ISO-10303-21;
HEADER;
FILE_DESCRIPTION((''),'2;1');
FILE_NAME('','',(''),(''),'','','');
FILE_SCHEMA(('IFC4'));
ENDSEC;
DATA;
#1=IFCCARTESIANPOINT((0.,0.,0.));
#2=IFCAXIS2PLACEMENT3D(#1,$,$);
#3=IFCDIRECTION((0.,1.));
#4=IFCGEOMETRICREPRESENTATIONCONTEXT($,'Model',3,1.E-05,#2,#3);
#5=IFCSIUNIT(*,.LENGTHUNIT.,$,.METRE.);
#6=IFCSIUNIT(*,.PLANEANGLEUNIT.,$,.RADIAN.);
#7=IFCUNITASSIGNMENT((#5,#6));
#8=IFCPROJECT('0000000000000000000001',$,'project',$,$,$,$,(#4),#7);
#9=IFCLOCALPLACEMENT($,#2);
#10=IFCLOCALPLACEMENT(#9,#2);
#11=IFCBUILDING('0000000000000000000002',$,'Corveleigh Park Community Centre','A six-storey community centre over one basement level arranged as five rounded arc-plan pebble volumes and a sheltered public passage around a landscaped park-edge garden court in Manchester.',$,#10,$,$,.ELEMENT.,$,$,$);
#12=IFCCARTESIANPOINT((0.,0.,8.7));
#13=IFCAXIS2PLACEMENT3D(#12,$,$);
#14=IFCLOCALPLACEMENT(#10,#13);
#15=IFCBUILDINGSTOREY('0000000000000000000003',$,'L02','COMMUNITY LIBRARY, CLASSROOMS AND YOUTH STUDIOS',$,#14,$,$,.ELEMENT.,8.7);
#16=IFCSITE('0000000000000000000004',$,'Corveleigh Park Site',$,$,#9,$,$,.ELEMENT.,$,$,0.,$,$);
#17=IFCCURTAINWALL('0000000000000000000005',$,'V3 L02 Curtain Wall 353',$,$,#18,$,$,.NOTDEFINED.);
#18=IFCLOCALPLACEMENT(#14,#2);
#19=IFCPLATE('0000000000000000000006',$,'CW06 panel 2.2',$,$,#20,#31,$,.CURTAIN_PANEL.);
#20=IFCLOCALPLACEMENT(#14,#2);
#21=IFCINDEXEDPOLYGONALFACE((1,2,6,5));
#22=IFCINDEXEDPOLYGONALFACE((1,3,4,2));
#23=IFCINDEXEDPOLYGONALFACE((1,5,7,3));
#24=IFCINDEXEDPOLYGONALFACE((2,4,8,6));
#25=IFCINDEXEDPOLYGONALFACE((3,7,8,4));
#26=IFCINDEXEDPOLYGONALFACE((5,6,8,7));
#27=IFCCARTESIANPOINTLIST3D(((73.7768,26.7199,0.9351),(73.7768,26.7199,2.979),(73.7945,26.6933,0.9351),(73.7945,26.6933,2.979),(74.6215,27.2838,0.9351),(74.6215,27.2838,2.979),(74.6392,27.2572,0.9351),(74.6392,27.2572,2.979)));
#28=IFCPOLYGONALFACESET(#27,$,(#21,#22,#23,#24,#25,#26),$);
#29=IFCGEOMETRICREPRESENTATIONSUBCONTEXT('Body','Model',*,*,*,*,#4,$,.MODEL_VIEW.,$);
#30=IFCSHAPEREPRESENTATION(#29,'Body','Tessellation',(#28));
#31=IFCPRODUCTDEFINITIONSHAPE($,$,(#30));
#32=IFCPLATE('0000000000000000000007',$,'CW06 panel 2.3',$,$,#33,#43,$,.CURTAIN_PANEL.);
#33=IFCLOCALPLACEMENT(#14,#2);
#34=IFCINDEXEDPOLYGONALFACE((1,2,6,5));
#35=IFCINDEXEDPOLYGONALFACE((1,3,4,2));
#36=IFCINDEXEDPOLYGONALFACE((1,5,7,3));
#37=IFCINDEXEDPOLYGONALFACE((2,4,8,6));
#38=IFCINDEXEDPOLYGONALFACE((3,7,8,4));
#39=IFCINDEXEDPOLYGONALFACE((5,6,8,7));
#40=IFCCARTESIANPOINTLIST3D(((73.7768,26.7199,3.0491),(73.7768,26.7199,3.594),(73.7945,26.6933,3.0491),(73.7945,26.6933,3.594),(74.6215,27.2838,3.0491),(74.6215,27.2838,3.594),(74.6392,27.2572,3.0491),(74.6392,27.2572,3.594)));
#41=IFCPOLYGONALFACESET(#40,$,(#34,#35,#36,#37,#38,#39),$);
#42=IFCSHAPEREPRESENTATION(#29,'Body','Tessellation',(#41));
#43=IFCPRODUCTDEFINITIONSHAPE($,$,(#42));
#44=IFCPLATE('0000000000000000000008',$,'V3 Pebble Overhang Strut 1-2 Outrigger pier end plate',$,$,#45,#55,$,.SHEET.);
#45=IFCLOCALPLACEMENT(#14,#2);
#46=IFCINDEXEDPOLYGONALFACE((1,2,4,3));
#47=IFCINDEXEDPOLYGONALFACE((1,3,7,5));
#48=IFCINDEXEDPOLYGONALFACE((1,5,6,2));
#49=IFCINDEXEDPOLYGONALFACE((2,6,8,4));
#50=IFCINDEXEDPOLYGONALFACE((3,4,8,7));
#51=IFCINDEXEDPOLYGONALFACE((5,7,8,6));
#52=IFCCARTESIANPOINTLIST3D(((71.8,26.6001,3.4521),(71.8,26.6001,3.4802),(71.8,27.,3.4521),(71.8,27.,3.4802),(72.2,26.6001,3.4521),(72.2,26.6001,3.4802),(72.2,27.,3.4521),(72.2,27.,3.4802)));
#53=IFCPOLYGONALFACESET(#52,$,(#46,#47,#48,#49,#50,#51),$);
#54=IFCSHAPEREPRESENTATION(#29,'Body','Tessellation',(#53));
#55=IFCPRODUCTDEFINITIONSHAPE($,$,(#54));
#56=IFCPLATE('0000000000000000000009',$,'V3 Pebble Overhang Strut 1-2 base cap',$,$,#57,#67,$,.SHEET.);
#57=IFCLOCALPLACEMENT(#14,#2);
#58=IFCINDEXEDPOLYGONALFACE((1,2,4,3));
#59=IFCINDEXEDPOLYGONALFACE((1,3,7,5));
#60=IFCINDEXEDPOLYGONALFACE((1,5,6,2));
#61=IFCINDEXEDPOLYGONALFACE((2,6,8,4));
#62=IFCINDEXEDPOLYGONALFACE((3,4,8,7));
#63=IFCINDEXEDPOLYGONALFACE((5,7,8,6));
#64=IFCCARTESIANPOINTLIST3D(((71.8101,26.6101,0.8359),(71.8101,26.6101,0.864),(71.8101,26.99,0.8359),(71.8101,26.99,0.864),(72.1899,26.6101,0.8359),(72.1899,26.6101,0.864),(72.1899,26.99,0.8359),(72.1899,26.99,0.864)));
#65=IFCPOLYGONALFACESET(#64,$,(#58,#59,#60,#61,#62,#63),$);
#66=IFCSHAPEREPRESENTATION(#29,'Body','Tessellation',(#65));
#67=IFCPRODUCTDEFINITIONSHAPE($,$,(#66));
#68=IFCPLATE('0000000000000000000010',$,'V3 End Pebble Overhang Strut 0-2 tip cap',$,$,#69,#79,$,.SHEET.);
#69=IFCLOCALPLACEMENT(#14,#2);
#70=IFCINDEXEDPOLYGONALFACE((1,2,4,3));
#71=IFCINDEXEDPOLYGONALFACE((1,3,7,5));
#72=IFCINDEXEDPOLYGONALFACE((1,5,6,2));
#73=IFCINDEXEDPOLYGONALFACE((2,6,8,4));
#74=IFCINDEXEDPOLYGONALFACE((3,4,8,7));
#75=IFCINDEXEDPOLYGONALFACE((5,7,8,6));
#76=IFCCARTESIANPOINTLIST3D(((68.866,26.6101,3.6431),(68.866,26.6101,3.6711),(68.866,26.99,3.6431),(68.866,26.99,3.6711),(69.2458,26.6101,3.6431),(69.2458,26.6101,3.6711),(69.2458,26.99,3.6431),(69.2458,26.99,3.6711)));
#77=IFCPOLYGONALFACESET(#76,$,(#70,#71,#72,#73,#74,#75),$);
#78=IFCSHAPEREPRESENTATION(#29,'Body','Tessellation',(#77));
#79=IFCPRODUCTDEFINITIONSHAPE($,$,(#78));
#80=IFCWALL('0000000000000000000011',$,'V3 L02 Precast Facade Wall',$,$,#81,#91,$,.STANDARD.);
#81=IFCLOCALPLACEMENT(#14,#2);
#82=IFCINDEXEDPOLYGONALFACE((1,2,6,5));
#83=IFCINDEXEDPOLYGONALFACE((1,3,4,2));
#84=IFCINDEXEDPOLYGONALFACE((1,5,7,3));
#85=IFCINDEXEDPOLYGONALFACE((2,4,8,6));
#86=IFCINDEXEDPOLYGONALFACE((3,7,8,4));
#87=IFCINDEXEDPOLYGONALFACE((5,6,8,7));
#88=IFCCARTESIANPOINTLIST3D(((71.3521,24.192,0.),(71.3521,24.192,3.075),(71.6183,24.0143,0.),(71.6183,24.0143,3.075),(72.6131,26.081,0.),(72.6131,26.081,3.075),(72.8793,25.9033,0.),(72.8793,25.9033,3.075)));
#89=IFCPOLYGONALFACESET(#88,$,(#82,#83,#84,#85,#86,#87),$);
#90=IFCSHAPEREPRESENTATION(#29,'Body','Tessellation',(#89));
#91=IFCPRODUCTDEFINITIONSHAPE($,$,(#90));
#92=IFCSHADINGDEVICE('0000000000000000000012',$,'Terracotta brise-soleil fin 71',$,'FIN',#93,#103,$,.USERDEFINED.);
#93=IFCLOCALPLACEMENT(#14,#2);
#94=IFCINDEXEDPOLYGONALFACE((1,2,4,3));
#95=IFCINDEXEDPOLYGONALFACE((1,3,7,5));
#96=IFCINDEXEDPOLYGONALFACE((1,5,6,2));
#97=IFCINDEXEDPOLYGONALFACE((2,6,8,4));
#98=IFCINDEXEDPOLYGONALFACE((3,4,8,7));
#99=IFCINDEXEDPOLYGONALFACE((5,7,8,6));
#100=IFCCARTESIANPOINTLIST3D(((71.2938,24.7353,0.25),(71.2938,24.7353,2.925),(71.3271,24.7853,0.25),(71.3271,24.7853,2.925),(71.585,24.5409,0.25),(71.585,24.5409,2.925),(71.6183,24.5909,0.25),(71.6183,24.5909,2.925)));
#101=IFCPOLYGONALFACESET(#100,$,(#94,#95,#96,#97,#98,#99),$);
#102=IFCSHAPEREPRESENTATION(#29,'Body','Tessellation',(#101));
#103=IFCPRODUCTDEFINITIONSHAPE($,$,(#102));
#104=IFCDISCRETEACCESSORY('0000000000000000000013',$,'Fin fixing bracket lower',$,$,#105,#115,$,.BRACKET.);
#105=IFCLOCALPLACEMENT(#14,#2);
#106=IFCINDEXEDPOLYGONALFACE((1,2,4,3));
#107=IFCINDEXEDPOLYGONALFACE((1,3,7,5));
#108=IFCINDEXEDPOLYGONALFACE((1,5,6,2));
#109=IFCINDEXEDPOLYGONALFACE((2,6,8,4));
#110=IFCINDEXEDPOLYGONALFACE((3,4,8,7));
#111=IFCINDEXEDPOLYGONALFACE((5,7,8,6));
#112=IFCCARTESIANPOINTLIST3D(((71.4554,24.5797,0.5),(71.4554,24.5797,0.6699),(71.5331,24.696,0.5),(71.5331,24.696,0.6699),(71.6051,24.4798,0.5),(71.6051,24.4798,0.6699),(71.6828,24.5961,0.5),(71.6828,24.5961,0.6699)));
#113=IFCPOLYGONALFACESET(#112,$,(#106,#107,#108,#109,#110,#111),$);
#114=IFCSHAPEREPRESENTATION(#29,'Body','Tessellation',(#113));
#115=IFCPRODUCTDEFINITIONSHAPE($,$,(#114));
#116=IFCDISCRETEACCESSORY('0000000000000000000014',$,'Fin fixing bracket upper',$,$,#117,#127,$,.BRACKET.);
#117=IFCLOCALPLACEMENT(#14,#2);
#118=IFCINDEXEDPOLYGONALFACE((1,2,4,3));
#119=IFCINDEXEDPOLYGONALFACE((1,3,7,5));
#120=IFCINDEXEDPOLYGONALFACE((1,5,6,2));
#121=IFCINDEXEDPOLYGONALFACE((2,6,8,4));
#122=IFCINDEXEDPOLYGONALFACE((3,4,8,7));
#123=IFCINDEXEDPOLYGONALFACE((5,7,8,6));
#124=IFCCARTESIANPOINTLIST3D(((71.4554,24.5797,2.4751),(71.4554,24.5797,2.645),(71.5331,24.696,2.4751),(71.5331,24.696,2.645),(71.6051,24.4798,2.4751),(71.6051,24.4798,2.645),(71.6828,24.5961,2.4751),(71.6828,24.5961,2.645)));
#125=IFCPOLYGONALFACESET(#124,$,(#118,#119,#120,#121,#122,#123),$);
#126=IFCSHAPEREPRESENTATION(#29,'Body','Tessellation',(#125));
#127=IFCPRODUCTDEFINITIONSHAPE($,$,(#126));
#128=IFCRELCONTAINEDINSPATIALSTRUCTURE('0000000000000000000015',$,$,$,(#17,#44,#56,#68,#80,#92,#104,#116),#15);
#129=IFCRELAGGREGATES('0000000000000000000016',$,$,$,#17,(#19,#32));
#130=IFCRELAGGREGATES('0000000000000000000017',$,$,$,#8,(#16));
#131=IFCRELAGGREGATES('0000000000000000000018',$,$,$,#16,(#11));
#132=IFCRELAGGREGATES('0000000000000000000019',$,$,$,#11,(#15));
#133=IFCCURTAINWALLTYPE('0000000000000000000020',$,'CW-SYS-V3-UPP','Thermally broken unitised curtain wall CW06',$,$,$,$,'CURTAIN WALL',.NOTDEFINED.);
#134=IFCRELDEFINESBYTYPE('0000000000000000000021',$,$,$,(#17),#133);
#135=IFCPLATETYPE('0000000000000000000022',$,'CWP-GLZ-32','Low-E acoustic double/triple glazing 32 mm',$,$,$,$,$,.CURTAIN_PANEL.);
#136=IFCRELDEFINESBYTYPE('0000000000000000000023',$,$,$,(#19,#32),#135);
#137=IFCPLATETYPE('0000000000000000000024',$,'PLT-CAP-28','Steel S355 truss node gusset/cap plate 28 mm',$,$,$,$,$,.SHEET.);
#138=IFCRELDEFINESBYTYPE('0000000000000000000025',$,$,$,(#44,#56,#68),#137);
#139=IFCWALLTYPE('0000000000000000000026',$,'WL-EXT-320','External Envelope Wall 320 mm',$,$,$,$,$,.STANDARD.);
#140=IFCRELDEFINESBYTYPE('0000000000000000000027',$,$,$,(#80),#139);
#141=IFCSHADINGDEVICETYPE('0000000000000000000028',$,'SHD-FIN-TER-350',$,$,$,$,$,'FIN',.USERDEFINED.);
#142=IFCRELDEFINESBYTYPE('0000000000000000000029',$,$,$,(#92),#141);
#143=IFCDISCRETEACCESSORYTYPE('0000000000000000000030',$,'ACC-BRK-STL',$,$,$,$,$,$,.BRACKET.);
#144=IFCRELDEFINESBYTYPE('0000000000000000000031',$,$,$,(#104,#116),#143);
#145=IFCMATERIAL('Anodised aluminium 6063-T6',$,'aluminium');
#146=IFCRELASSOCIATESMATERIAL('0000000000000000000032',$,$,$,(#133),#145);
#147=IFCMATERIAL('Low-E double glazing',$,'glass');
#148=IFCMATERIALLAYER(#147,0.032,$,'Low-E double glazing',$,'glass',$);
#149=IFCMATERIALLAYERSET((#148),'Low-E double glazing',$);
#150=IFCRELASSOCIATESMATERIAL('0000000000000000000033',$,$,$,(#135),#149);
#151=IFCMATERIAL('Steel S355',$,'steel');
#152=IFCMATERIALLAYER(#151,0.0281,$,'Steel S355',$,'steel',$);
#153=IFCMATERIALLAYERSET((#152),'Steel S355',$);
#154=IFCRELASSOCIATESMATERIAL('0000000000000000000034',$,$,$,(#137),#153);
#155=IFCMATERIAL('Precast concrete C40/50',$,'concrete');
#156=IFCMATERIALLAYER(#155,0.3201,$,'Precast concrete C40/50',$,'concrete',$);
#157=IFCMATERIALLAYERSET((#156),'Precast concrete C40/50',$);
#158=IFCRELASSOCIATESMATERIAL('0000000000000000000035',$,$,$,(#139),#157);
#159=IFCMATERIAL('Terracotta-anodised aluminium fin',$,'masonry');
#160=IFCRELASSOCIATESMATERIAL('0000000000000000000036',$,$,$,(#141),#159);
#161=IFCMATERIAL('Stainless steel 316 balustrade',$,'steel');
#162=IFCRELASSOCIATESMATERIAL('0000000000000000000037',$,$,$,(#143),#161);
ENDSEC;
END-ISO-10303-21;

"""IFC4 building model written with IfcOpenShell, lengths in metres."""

from ifc_helpers import new_model, si_unit, direction, frame, frame_2d, origin, origin_2d, place, context, subcontext, project, spatial, rectangle, extrude, material, layer, layer_set, type_object, element, aggregate, save


model = new_model("IFC4")

# Units and contexts
model_context = context("Model", 3, precision=1e-05, world=origin(), true_north=direction((0.0, 1.0)))
body_context = subcontext(model_context, "Body", "Model", "MODEL_VIEW")
ifc_project = project(units=[si_unit("LENGTHUNIT", "METRE"), si_unit("PLANEANGLEUNIT", "RADIAN")], contexts=[model_context])

# Site, building, storey
site_placement = place(None, origin())
site = spatial("IfcSite", under=ifc_project, at=site_placement, Name="Corveleigh Park Site", CompositionType="ELEMENT", RefElevation=0.0)
building_placement = place(site_placement, origin())
building = spatial("IfcBuilding", under=site, at=building_placement, Name="Corveleigh Park Community Centre", Description="A six-storey community centre over one basement level arranged as five rounded arc-plan pebble volumes and a sheltered public passage around a landscaped park-edge garden court in Manchester.", CompositionType="ELEMENT")
storey_placement = place(building_placement, frame((0.0, 0.0, 8.7)))
storey = spatial("IfcBuildingStorey", under=building, at=storey_placement, Name="L02", Description="COMMUNITY LIBRARY, CLASSROOMS AND YOUTH STUDIOS", CompositionType="ELEMENT", Elevation=8.7)

# Shared definitions
ifc_material_1 = material(Name="Steel S355", Category="steel")

# Curtain wall
ifc_material_2 = material(Name="Anodised aluminium 6063-T6", Category="aluminium")
curtain_wall_type = type_object("IfcCurtainWallType", Name="CW-SYS-V3-UPP", Description="Thermally broken unitised curtain wall CW06", ElementType="CURTAIN WALL", PredefinedType="NOTDEFINED", material=ifc_material_2)
curtain_wall_placement = place(storey_placement, origin())
curtain_wall = element("IfcCurtainWall", 1, at=curtain_wall_placement, inside=storey, type_object=curtain_wall_type, Name="V3 L02 Curtain Wall 353", PredefinedType="NOTDEFINED")

# Plates
ifc_material_3 = material(Name="Low-E double glazing", Category="glass")
ifc_layer_1 = layer(ifc_material_3, 0.032, Name="Low-E double glazing", Category="glass")
ifc_layer_set_1 = layer_set([ifc_layer_1], Name="Low-E double glazing")
plate_type_1 = type_object("IfcPlateType", Name="CWP-GLZ-32", Description="Low-E acoustic double/triple glazing 32 mm", PredefinedType="CURTAIN_PANEL", material=ifc_layer_set_1)
plate_1_placement = place(storey_placement, frame((74.208, 26.9885, 0.9351), z_axis=(0.0, 0.0, 1.0), x_axis=(0.831711, 0.555208, 0.0)))
plate_1 = element("IfcPlate", 2, at=plate_1_placement, type_object=plate_type_1, Name="CW06 panel 2.2", PredefinedType="CURTAIN_PANEL", context=body_context, shape_type="SweptSolid", body=[
    extrude(rectangle(XDim=1.0156, YDim=0.032, at=origin_2d()), origin(), (0.0, 0.0, 1.0), 2.0439),
])
plate_2_placement = place(storey_placement, frame((74.208, 26.9885, 3.0491), z_axis=(0.0, 0.0, 1.0), x_axis=(0.831711, 0.555208, 0.0)))
plate_2 = element("IfcPlate", 3, at=plate_2_placement, type_object=plate_type_1, Name="CW06 panel 2.3", PredefinedType="CURTAIN_PANEL", context=body_context, shape_type="SweptSolid", body=[
    extrude(rectangle(XDim=1.0156, YDim=0.032, at=origin_2d()), origin(), (0.0, 0.0, 1.0), 0.5449),
])
aggregate(curtain_wall, [plate_1, plate_2])

# Plates
ifc_layer_2 = layer(ifc_material_1, 0.0281, Name="Steel S355", Category="steel")
ifc_layer_set_2 = layer_set([ifc_layer_2], Name="Steel S355")
plate_type_2 = type_object("IfcPlateType", Name="PLT-CAP-28", Description="Steel S355 truss node gusset/cap plate 28 mm", PredefinedType="SHEET", material=ifc_layer_set_2)
plate_3_placement = place(storey_placement, frame((72.0, 26.8, 3.4521), z_axis=(0.0, 0.0, 1.0), x_axis=(1.0, 0.0, 0.0)))
element("IfcPlate", 4, at=plate_3_placement, inside=storey, type_object=plate_type_2, Name="V3 Pebble Overhang Strut 1-2 Outrigger pier end plate", PredefinedType="SHEET", context=body_context, shape_type="SweptSolid", body=[
    extrude(rectangle(XDim=0.3999, YDim=0.3999, at=origin_2d()), origin(), (0.0, 0.0, 1.0), 0.0281),
])
for number, where, z_axis, x_axis, name in (
    (5, (72.0, 26.8, 0.8359), (0.0, 0.0, 1.0), (1.0, 0.0, 0.0), "V3 Pebble Overhang Strut 1-2 base cap"),
    (6, (69.0559, 26.8, 3.6431), (0.0, 0.0, 1.0), (1.0, 0.0, 0.0), "V3 End Pebble Overhang Strut 0-2 tip cap"),
):
    element("IfcPlate", number, at=place(storey_placement, frame(where, z_axis=z_axis, x_axis=x_axis)), inside=storey, type_object=plate_type_2, Name=name, PredefinedType="SHEET", context=body_context, shape_type="SweptSolid", body=[
        extrude(rectangle(XDim=0.3799, YDim=0.3799, at=origin_2d()), origin(), (0.0, 0.0, 1.0), 0.0281),
    ])

# Wall
ifc_material_4 = material(Name="Precast concrete C40/50", Category="concrete")
ifc_layer_3 = layer(ifc_material_4, 0.3201, Name="Precast concrete C40/50", Category="concrete")
ifc_layer_set_3 = layer_set([ifc_layer_3], Name="Precast concrete C40/50")
wall_type = type_object("IfcWallType", Name="WL-EXT-320", Description="External Envelope Wall 320 mm", PredefinedType="STANDARD", material=ifc_layer_set_3)
wall_placement = place(storey_placement, frame((71.4851, 24.103, 0.0), z_axis=(0.0, 0.0, 1.0), x_axis=(0.555221, 0.831703, 0.0)))
element("IfcWall", 7, at=wall_placement, inside=storey, type_object=wall_type, Name="V3 L02 Precast Facade Wall", PredefinedType="STANDARD", context=body_context, shape_type="SweptSolid", body=[
    extrude(rectangle(XDim=2.2712, YDim=0.3201, at=frame_2d((1.1357, 0.0))), origin(), (0.0, 0.0, 1.0), 3.075),
])

# Shading device
ifc_material_5 = material(Name="Terracotta-anodised aluminium fin", Category="masonry")
shading_device_type = type_object("IfcShadingDeviceType", Name="SHD-FIN-TER-350", ElementType="FIN", PredefinedType="USERDEFINED", material=ifc_material_5)
shading_device_placement = place(storey_placement, frame((71.4561, 24.6631, 0.25), z_axis=(0.0, 0.0, 1.0), x_axis=(-0.831711, 0.555208, 0.0)))
element("IfcShadingDevice", 8, at=shading_device_placement, inside=storey, type_object=shading_device_type, Name="Terracotta brise-soleil fin 71", ObjectType="FIN", PredefinedType="USERDEFINED", context=body_context, shape_type="SweptSolid", body=[
    extrude(rectangle(XDim=0.3501, YDim=0.0601, at=origin_2d()), origin(), (0.0, 0.0, 1.0), 2.675),
])

# Discrete accessories
ifc_material_6 = material(Name="Stainless steel 316 balustrade", Category="steel")
discrete_accessory_type = type_object("IfcDiscreteAccessoryType", Name="ACC-BRK-STL", PredefinedType="BRACKET", material=ifc_material_6)
for number, where, z_axis, x_axis, name in (
    (9, (71.5691, 24.5879, 0.5), (0.0, 0.0, 1.0), (-0.831711, 0.555208, 0.0), "Fin fixing bracket lower"),
    (10, (71.5691, 24.5879, 2.4751), (0.0, 0.0, 1.0), (-0.831711, 0.555208, 0.0), "Fin fixing bracket upper"),
):
    element("IfcDiscreteAccessory", number, at=place(storey_placement, frame(where, z_axis=z_axis, x_axis=x_axis)), inside=storey, type_object=discrete_accessory_type, Name=name, PredefinedType="BRACKET", context=body_context, shape_type="SweptSolid", body=[
        extrude(rectangle(XDim=0.1799, YDim=0.1399, at=origin_2d()), origin(), (0.0, 0.0, 1.0), 0.1699),
    ])

save(model, "model.ifc")
